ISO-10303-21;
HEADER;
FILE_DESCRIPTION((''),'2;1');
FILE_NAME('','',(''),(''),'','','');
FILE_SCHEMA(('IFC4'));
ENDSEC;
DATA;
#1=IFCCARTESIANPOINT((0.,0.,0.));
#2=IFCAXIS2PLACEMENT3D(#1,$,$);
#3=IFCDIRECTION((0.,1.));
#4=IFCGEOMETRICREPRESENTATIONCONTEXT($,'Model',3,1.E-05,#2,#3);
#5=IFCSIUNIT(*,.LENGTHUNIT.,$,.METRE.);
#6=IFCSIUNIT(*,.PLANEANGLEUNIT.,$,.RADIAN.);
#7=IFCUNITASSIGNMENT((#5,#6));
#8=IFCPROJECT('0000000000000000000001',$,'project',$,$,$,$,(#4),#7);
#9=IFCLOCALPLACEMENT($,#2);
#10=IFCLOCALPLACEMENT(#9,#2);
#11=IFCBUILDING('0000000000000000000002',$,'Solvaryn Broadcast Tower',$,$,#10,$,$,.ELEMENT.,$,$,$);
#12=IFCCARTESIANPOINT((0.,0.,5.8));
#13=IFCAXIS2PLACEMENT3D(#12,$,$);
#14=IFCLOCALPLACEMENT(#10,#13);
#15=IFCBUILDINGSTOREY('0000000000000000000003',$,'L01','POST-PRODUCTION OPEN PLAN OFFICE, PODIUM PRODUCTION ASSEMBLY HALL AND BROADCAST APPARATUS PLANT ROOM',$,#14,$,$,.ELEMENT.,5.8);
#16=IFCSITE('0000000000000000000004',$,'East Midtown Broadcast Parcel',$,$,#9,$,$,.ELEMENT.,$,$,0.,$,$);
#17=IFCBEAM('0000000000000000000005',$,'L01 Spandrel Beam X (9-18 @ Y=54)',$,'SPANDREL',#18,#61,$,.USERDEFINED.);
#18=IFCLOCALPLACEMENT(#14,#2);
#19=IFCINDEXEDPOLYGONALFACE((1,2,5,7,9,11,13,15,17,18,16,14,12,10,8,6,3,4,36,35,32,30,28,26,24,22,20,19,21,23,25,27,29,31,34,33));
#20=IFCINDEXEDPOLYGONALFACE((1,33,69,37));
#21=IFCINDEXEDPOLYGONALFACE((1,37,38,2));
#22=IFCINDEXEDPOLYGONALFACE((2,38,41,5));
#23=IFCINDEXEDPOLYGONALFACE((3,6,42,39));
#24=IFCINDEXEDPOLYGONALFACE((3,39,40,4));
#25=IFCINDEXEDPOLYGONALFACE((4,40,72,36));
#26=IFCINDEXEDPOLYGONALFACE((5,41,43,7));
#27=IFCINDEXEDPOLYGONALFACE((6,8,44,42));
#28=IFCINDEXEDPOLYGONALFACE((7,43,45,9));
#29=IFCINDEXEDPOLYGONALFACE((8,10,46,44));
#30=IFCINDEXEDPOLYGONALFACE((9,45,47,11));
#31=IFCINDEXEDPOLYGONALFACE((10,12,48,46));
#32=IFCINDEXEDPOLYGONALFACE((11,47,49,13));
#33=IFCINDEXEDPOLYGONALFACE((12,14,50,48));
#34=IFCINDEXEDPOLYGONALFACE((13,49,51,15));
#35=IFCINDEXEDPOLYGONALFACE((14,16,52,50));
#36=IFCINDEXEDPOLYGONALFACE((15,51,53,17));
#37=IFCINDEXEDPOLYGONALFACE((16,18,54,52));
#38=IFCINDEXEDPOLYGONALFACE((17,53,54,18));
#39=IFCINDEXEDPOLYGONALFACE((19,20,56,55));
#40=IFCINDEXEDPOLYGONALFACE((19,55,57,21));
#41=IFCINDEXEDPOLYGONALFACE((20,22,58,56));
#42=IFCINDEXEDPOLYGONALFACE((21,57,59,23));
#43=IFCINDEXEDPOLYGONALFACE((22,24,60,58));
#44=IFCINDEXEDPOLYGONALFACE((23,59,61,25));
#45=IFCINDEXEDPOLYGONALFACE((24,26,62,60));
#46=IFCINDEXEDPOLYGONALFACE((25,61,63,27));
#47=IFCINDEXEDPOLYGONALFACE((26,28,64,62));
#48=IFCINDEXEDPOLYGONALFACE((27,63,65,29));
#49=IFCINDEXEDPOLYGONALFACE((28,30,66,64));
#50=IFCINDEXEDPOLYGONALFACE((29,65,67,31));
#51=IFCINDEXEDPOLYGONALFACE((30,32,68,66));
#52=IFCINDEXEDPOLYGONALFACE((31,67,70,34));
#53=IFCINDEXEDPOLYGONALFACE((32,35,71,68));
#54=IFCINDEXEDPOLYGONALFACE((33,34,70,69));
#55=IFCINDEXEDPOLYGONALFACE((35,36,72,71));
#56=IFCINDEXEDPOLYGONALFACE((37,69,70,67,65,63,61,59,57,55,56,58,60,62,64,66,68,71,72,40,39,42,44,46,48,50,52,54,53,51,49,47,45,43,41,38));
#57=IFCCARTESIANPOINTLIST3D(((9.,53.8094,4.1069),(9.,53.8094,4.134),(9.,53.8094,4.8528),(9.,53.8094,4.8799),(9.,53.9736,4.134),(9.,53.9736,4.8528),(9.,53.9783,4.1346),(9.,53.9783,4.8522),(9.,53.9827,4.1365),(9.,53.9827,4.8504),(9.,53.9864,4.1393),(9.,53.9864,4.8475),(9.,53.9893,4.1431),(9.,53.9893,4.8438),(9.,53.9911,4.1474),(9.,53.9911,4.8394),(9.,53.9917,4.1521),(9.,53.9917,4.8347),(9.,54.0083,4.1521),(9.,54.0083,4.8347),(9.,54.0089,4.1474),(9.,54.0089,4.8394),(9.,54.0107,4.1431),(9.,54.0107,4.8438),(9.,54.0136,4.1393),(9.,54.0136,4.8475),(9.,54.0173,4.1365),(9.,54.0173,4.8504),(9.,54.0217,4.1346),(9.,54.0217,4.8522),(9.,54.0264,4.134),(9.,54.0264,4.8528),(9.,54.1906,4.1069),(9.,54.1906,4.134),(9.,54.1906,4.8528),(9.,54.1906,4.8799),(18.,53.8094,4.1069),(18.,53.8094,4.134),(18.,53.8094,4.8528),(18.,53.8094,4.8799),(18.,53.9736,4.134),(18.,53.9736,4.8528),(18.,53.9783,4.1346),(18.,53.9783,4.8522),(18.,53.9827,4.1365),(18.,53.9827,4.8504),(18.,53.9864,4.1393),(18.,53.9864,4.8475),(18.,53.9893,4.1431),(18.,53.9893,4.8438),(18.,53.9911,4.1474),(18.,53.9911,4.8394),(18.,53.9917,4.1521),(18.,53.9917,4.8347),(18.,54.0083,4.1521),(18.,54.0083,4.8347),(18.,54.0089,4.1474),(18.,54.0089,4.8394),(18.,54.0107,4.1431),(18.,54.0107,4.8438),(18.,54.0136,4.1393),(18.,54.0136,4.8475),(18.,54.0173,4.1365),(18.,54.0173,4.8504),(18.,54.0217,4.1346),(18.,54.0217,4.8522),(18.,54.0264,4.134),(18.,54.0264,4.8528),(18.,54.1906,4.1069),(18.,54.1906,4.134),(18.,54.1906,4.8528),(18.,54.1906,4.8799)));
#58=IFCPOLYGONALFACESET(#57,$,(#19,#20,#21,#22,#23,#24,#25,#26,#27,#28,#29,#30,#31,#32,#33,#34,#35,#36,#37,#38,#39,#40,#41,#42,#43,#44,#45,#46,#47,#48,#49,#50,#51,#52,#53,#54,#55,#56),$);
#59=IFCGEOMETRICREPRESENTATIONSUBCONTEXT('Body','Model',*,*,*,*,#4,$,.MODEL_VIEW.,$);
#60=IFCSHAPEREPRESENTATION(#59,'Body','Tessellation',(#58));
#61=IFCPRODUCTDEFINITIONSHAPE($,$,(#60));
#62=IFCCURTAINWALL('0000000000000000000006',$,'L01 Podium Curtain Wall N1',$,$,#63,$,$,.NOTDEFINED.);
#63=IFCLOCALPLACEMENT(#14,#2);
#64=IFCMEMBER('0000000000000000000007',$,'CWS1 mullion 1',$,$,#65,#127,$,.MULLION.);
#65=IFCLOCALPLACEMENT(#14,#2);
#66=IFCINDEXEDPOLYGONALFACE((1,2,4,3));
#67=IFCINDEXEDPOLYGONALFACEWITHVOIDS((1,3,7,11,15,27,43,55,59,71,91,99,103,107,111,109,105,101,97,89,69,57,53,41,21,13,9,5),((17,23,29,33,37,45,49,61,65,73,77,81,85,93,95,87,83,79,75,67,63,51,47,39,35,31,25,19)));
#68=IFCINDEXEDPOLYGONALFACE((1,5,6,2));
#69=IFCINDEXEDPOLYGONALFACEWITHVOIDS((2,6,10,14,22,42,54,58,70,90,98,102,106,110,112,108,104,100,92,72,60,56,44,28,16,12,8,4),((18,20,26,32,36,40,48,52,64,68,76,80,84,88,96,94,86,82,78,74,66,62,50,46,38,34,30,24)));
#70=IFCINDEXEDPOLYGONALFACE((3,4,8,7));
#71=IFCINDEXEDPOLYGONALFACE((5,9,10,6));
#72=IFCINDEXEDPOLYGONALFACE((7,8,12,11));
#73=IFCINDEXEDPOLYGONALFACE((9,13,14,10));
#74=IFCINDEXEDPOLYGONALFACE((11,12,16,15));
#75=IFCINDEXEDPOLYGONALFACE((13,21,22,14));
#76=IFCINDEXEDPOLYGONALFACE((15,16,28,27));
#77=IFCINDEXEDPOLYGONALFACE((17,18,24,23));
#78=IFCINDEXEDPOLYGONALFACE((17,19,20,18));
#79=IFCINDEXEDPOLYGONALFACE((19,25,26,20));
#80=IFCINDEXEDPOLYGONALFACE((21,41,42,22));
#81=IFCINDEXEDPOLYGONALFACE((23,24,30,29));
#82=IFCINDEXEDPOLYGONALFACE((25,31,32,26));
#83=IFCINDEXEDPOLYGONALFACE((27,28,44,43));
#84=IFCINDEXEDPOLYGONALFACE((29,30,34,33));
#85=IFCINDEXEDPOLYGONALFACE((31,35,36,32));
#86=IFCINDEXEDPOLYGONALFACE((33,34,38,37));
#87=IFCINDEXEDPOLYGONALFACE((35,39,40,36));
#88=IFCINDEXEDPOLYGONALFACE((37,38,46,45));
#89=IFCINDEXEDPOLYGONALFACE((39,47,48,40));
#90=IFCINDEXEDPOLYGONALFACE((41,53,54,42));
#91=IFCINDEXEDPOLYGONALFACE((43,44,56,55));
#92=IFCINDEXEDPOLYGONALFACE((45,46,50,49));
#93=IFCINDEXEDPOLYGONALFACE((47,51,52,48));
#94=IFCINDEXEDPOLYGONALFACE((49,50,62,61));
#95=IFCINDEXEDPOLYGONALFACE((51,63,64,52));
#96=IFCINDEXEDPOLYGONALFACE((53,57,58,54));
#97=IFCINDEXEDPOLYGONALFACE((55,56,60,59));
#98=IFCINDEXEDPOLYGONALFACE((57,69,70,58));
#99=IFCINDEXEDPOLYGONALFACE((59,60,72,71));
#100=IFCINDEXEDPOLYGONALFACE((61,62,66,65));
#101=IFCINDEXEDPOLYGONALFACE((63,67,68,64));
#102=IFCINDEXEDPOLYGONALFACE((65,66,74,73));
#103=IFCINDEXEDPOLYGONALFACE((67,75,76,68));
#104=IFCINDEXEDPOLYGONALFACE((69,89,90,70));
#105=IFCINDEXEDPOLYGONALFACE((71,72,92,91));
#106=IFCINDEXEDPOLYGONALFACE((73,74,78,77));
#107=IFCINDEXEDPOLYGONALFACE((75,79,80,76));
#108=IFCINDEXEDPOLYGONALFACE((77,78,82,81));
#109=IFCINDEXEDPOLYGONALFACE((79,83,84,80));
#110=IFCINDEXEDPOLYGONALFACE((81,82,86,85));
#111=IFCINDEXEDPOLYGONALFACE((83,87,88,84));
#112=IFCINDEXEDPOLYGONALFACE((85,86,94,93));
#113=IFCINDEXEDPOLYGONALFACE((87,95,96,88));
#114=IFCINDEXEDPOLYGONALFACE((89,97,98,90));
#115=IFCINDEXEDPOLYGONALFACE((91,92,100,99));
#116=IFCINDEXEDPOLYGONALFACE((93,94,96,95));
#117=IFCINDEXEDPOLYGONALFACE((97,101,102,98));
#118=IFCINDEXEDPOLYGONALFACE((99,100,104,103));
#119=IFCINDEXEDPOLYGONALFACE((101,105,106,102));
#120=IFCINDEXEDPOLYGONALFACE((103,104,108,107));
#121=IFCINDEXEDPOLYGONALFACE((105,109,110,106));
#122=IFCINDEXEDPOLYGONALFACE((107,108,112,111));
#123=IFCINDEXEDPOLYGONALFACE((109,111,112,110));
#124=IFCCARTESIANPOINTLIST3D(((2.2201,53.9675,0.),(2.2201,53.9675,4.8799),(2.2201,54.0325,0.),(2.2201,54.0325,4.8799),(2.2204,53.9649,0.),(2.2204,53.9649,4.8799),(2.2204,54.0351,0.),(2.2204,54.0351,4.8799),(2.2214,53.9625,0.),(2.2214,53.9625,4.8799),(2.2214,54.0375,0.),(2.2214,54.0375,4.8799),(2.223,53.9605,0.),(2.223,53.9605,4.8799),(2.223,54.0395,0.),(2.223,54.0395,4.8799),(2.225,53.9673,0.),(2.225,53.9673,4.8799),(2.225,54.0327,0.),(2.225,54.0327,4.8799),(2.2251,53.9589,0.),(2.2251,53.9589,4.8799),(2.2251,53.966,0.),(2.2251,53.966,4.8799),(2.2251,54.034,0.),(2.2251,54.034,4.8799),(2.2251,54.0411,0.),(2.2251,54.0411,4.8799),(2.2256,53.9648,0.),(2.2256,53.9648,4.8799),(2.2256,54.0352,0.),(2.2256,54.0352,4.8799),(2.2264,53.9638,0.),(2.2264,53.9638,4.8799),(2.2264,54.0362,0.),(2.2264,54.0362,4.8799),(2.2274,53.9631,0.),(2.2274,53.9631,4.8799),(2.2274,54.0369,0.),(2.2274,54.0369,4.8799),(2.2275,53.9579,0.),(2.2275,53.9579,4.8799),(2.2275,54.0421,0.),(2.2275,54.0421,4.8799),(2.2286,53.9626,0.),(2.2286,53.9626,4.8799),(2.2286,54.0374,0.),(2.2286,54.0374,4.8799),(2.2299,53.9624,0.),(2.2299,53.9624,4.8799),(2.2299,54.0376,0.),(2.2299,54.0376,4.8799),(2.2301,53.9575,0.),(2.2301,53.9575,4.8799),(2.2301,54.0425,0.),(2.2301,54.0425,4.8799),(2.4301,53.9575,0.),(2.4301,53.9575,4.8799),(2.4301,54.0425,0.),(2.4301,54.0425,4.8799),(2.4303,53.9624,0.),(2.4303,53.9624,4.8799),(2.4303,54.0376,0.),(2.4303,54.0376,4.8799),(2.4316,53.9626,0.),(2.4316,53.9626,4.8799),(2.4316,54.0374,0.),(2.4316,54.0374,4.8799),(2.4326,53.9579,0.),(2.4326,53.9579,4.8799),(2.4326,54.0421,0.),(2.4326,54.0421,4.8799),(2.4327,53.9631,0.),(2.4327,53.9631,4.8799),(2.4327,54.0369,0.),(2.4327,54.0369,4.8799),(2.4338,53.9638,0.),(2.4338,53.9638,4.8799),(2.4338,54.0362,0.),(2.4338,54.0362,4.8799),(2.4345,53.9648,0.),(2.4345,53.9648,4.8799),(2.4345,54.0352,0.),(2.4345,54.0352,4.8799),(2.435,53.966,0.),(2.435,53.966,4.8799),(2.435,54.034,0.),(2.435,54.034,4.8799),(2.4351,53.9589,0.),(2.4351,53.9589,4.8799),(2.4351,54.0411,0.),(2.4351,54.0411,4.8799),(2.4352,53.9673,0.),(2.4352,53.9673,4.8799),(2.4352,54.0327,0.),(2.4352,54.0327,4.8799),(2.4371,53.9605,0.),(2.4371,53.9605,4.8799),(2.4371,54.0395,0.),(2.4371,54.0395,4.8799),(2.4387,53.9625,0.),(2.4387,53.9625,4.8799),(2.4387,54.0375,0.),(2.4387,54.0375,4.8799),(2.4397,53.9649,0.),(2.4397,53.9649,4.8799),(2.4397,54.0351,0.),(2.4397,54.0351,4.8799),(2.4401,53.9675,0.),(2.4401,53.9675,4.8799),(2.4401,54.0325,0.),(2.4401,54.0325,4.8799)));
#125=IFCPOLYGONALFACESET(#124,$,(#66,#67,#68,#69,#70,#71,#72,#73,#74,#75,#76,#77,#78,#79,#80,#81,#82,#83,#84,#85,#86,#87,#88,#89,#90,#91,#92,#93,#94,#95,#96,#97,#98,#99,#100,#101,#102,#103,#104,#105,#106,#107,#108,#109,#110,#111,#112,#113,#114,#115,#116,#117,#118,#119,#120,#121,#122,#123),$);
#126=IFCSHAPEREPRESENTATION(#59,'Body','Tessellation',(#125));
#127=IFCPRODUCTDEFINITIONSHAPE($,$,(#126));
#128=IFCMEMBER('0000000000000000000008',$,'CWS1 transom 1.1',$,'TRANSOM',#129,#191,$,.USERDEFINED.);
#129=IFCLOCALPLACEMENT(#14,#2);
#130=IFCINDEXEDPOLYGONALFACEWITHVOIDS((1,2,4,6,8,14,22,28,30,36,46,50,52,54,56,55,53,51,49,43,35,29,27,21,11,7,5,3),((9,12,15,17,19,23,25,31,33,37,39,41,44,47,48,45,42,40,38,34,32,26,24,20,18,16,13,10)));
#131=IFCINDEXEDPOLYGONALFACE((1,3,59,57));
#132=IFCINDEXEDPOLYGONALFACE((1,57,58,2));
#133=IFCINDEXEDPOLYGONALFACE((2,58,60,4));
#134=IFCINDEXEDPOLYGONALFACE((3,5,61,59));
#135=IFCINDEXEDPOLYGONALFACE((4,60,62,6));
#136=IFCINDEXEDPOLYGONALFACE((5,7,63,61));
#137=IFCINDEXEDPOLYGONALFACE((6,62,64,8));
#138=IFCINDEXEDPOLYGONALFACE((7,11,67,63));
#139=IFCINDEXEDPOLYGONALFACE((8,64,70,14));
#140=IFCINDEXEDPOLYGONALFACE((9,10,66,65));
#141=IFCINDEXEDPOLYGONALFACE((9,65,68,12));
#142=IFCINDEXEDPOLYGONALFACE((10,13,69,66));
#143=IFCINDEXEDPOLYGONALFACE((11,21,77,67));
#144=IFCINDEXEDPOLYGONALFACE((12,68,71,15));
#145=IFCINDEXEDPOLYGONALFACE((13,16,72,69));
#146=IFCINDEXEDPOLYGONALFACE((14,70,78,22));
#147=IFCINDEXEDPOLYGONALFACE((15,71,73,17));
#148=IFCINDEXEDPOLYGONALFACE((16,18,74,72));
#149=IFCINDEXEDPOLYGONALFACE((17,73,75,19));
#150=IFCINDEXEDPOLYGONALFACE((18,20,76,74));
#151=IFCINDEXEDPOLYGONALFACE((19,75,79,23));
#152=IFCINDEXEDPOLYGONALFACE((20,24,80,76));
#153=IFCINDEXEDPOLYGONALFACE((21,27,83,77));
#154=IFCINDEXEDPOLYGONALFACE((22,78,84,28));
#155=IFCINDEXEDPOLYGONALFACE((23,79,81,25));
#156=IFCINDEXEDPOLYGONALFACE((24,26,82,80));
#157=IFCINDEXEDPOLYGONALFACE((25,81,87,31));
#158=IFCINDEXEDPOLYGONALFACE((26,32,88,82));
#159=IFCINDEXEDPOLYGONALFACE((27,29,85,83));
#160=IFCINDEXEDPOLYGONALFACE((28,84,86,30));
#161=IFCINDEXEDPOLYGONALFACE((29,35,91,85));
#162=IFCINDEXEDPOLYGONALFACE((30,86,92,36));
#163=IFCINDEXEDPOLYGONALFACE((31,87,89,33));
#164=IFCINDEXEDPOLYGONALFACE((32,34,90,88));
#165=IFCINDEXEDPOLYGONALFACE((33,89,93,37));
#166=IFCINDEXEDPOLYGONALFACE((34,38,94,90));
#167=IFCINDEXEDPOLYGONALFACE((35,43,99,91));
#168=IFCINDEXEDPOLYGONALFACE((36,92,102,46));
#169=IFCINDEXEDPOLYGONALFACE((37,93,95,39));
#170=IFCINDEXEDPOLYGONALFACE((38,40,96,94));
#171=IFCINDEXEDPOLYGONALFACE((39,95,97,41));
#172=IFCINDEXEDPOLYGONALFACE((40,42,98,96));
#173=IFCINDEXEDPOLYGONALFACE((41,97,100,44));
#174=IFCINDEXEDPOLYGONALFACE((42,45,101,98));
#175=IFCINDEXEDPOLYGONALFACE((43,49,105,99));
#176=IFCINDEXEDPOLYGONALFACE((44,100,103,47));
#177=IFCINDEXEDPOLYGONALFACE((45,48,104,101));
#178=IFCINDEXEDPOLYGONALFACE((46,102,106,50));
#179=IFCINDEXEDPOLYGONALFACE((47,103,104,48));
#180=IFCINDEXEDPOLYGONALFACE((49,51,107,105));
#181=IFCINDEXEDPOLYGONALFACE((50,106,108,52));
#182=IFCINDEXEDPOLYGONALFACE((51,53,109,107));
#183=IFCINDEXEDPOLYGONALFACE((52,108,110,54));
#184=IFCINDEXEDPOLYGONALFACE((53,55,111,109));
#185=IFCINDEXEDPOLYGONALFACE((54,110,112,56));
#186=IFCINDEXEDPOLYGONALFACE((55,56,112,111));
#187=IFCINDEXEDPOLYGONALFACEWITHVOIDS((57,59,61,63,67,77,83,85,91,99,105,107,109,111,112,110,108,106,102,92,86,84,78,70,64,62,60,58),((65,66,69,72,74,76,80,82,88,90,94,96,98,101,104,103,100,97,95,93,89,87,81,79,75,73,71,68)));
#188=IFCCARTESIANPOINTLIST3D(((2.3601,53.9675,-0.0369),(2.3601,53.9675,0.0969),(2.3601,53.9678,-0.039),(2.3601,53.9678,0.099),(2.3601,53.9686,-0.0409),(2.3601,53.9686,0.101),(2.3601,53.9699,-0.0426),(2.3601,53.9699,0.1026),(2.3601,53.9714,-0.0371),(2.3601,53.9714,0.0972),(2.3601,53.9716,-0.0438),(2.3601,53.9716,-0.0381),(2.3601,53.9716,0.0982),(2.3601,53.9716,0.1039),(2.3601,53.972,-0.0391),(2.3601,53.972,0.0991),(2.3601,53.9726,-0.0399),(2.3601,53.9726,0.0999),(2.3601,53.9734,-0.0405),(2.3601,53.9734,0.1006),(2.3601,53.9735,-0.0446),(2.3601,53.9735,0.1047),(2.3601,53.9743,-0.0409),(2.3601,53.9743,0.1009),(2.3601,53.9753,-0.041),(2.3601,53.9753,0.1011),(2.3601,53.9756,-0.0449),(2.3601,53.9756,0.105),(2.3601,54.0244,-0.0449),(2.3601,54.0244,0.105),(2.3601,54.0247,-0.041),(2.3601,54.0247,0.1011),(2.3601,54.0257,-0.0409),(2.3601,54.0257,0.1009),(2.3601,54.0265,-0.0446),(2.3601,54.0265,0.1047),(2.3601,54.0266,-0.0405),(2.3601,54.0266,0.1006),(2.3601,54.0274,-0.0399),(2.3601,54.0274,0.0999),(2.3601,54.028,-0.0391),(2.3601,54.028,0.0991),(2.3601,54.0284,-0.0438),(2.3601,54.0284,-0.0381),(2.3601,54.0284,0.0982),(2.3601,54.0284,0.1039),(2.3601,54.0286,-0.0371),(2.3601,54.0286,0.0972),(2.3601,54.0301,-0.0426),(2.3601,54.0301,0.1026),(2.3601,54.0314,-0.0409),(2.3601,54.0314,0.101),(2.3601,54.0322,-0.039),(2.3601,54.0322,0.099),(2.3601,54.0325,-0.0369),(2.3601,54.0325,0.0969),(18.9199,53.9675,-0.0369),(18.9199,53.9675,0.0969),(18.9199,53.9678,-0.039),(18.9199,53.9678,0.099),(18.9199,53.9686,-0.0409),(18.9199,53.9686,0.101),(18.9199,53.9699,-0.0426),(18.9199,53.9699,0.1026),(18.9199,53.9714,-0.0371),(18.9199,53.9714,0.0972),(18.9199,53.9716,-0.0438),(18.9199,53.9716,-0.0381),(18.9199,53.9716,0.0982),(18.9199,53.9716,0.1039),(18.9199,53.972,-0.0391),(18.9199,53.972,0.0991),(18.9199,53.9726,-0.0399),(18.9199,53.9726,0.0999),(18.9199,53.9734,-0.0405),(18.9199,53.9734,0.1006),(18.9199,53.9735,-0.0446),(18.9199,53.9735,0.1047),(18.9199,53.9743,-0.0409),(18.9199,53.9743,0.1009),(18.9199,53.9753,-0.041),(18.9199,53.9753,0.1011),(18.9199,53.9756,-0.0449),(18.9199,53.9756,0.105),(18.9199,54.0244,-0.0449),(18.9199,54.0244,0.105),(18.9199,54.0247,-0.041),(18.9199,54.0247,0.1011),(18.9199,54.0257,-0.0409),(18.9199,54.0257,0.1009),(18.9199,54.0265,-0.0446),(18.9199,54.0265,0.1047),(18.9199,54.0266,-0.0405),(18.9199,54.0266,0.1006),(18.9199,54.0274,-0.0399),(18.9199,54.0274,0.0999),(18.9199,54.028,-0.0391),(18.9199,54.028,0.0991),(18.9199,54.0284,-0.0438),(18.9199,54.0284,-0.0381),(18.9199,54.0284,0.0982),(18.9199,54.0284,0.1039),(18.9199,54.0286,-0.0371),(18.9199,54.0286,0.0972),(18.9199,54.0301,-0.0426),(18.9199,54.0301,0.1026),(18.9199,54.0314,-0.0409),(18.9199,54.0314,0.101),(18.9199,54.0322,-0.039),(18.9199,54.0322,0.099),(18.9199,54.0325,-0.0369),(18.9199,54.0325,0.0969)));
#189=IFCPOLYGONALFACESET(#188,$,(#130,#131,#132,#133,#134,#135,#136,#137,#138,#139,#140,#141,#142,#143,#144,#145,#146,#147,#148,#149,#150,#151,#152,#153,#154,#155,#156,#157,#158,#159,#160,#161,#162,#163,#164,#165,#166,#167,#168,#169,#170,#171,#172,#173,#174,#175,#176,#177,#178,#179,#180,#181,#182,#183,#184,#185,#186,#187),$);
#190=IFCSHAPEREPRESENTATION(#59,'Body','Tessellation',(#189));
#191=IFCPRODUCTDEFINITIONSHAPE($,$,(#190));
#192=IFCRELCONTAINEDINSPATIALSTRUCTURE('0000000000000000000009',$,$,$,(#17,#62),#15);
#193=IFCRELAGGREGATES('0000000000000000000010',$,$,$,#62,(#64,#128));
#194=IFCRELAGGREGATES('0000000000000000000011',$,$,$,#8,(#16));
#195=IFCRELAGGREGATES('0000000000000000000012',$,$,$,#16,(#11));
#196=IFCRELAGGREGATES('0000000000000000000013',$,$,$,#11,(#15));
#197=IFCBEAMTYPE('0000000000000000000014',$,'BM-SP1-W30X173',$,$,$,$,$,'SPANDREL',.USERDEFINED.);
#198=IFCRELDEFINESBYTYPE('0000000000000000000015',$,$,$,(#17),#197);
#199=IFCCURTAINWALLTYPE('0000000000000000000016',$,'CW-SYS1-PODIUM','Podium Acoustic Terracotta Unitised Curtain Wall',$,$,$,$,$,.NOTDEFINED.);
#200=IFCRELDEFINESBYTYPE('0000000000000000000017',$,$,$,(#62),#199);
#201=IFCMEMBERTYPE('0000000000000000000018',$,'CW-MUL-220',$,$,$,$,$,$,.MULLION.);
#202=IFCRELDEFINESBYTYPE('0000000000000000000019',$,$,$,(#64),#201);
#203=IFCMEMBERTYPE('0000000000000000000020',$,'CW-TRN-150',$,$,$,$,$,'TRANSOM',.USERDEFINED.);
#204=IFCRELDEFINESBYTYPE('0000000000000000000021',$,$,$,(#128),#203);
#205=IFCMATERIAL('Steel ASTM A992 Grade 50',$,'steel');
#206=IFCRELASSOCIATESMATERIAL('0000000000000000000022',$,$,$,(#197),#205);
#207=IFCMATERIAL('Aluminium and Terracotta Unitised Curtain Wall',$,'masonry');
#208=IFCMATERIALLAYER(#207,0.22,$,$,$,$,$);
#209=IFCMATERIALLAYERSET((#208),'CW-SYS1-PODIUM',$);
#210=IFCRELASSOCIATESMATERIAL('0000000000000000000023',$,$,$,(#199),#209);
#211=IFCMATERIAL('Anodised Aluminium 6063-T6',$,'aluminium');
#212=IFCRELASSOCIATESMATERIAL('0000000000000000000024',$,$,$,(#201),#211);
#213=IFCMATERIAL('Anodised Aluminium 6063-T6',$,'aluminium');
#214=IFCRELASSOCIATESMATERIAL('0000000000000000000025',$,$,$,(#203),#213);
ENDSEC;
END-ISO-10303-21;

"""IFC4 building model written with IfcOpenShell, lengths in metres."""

from ifc_helpers import new_model, si_unit, direction, frame, origin, origin_2d, place, context, subcontext, project, spatial, hollow_rectangle, i_section, extrude, material, layer, layer_set, material_profile, profile_set, type_object, element, aggregate, save


model = new_model("IFC4")

# Units and contexts
model_context = context("Model", 3, precision=1e-05, world=origin(), true_north=direction((0.0, 1.0)))
body_context = subcontext(model_context, "Body", "Model", "MODEL_VIEW")
ifc_project = project(units=[si_unit("LENGTHUNIT", "METRE"), si_unit("PLANEANGLEUNIT", "RADIAN")], contexts=[model_context])

# Site, building, storey
site_placement = place(None, origin())
site = spatial("IfcSite", under=ifc_project, at=site_placement, Name="East Midtown Broadcast Parcel", CompositionType="ELEMENT", RefElevation=0.0)
building_placement = place(site_placement, origin())
building = spatial("IfcBuilding", under=site, at=building_placement, Name="Solvaryn Broadcast Tower", CompositionType="ELEMENT")
storey_placement = place(building_placement, frame((0.0, 0.0, 5.8)))
storey = spatial("IfcBuildingStorey", under=building, at=storey_placement, Name="L01", Description="POST-PRODUCTION OPEN PLAN OFFICE, PODIUM PRODUCTION ASSEMBLY HALL AND BROADCAST APPARATUS PLANT ROOM", CompositionType="ELEMENT", Elevation=5.8)

# Beam
ifc_material_1 = material(Name="Steel ASTM A992 Grade 50", Category="steel")
ifc_material_profile_1 = material_profile(ifc_material_1, i_section(OverallWidth=0.3811, OverallDepth=0.7729, WebThickness=0.0166, FlangeThickness=0.0271, FilletRadius=0.0181, at=origin_2d()))
ifc_profile_set_1 = profile_set([ifc_material_profile_1], Name="Steel ASTM A992 Grade 50")
beam_type_1 = type_object("IfcBeamType", Name="BM-SP1-W30X173", ElementType="SPANDREL", PredefinedType="USERDEFINED", material=ifc_profile_set_1)
beam_1_placement = place(storey_placement, frame((9.0, 54.0, 4.4934), z_axis=(1.0, 0.0, 0.0), x_axis=(0.0, 1.0, 0.0)))
element("IfcBeam", 1, at=beam_1_placement, inside=storey, type_object=beam_type_1, Name="L01 Spandrel Beam X (9-18 @ Y=54)", ObjectType="SPANDREL", PredefinedType="USERDEFINED", context=body_context, shape_type="SweptSolid", body=[
    extrude(i_section(OverallWidth=0.3811, OverallDepth=0.7729, WebThickness=0.0166, FlangeThickness=0.0271, FilletRadius=0.0181, at=origin_2d()), origin(), (0.0, 0.0, 1.0), 9.0),
])

# Curtain wall, members
ifc_material_2 = material(Name="Aluminium and Terracotta Unitised Curtain Wall", Category="masonry")
ifc_layer_1 = layer(ifc_material_2, 0.22)
ifc_layer_set_1 = layer_set([ifc_layer_1], Name="CW-SYS1-PODIUM")
curtain_wall_type = type_object("IfcCurtainWallType", Name="CW-SYS1-PODIUM", Description="Podium Acoustic Terracotta Unitised Curtain Wall", PredefinedType="NOTDEFINED", material=ifc_layer_set_1)
curtain_wall_placement = place(storey_placement, origin())
curtain_wall = element("IfcCurtainWall", 2, at=curtain_wall_placement, inside=storey, type_object=curtain_wall_type, Name="L01 Podium Curtain Wall N1", PredefinedType="NOTDEFINED")
ifc_material_3 = material(Name="Anodised Aluminium 6063-T6", Category="aluminium")
ifc_material_profile_2 = material_profile(ifc_material_3, hollow_rectangle(XDim=0.085, YDim=0.22, WallThickness=0.0049, InnerFilletRadius=0.0049, OuterFilletRadius=0.01, at=origin_2d()))
ifc_profile_set_2 = profile_set([ifc_material_profile_2], Name="Anodised Aluminium 6063-T6")
member_type_1 = type_object("IfcMemberType", Name="CW-MUL-220", PredefinedType="MULLION", material=ifc_profile_set_2)
member_1_placement = place(storey_placement, frame((2.3301, 54.0, 0.0), z_axis=(0.0, 0.0, 1.0), x_axis=(0.0, 1.0, 0.0)))
member_1 = element("IfcMember", 3, at=member_1_placement, type_object=member_type_1, Name="CWS1 mullion 1", PredefinedType="MULLION", context=body_context, shape_type="SweptSolid", body=[
    extrude(hollow_rectangle(XDim=0.085, YDim=0.22, WallThickness=0.0049, InnerFilletRadius=0.0049, OuterFilletRadius=0.01, at=origin_2d()), origin(), (0.0, 0.0, 1.0), 4.8799),
])
ifc_material_4 = material(Name="Anodised Aluminium 6063-T6", Category="aluminium")
ifc_material_profile_3 = material_profile(ifc_material_4, hollow_rectangle(XDim=0.0649, YDim=0.1499, WallThickness=0.0039, InnerFilletRadius=0.0039, OuterFilletRadius=0.0081, at=origin_2d()))
ifc_profile_set_3 = profile_set([ifc_material_profile_3], Name="Anodised Aluminium 6063-T6")
member_type_2 = type_object("IfcMemberType", Name="CW-TRN-150", ElementType="TRANSOM", PredefinedType="USERDEFINED", material=ifc_profile_set_3)
member_2_placement = place(storey_placement, frame((2.3601, 54.0, 0.03), z_axis=(1.0, 0.0, 0.0), x_axis=(0.0, 1.0, 0.0)))
member_2 = element("IfcMember", 4, at=member_2_placement, type_object=member_type_2, Name="CWS1 transom 1.1", ObjectType="TRANSOM", PredefinedType="USERDEFINED", context=body_context, shape_type="SweptSolid", body=[
    extrude(hollow_rectangle(XDim=0.0649, YDim=0.1499, WallThickness=0.0039, InnerFilletRadius=0.0039, OuterFilletRadius=0.0081, at=origin_2d()), origin(), (0.0, 0.0, 1.0), 16.5598),
])
aggregate(curtain_wall, [member_1, member_2])

save(model, "model.ifc")
